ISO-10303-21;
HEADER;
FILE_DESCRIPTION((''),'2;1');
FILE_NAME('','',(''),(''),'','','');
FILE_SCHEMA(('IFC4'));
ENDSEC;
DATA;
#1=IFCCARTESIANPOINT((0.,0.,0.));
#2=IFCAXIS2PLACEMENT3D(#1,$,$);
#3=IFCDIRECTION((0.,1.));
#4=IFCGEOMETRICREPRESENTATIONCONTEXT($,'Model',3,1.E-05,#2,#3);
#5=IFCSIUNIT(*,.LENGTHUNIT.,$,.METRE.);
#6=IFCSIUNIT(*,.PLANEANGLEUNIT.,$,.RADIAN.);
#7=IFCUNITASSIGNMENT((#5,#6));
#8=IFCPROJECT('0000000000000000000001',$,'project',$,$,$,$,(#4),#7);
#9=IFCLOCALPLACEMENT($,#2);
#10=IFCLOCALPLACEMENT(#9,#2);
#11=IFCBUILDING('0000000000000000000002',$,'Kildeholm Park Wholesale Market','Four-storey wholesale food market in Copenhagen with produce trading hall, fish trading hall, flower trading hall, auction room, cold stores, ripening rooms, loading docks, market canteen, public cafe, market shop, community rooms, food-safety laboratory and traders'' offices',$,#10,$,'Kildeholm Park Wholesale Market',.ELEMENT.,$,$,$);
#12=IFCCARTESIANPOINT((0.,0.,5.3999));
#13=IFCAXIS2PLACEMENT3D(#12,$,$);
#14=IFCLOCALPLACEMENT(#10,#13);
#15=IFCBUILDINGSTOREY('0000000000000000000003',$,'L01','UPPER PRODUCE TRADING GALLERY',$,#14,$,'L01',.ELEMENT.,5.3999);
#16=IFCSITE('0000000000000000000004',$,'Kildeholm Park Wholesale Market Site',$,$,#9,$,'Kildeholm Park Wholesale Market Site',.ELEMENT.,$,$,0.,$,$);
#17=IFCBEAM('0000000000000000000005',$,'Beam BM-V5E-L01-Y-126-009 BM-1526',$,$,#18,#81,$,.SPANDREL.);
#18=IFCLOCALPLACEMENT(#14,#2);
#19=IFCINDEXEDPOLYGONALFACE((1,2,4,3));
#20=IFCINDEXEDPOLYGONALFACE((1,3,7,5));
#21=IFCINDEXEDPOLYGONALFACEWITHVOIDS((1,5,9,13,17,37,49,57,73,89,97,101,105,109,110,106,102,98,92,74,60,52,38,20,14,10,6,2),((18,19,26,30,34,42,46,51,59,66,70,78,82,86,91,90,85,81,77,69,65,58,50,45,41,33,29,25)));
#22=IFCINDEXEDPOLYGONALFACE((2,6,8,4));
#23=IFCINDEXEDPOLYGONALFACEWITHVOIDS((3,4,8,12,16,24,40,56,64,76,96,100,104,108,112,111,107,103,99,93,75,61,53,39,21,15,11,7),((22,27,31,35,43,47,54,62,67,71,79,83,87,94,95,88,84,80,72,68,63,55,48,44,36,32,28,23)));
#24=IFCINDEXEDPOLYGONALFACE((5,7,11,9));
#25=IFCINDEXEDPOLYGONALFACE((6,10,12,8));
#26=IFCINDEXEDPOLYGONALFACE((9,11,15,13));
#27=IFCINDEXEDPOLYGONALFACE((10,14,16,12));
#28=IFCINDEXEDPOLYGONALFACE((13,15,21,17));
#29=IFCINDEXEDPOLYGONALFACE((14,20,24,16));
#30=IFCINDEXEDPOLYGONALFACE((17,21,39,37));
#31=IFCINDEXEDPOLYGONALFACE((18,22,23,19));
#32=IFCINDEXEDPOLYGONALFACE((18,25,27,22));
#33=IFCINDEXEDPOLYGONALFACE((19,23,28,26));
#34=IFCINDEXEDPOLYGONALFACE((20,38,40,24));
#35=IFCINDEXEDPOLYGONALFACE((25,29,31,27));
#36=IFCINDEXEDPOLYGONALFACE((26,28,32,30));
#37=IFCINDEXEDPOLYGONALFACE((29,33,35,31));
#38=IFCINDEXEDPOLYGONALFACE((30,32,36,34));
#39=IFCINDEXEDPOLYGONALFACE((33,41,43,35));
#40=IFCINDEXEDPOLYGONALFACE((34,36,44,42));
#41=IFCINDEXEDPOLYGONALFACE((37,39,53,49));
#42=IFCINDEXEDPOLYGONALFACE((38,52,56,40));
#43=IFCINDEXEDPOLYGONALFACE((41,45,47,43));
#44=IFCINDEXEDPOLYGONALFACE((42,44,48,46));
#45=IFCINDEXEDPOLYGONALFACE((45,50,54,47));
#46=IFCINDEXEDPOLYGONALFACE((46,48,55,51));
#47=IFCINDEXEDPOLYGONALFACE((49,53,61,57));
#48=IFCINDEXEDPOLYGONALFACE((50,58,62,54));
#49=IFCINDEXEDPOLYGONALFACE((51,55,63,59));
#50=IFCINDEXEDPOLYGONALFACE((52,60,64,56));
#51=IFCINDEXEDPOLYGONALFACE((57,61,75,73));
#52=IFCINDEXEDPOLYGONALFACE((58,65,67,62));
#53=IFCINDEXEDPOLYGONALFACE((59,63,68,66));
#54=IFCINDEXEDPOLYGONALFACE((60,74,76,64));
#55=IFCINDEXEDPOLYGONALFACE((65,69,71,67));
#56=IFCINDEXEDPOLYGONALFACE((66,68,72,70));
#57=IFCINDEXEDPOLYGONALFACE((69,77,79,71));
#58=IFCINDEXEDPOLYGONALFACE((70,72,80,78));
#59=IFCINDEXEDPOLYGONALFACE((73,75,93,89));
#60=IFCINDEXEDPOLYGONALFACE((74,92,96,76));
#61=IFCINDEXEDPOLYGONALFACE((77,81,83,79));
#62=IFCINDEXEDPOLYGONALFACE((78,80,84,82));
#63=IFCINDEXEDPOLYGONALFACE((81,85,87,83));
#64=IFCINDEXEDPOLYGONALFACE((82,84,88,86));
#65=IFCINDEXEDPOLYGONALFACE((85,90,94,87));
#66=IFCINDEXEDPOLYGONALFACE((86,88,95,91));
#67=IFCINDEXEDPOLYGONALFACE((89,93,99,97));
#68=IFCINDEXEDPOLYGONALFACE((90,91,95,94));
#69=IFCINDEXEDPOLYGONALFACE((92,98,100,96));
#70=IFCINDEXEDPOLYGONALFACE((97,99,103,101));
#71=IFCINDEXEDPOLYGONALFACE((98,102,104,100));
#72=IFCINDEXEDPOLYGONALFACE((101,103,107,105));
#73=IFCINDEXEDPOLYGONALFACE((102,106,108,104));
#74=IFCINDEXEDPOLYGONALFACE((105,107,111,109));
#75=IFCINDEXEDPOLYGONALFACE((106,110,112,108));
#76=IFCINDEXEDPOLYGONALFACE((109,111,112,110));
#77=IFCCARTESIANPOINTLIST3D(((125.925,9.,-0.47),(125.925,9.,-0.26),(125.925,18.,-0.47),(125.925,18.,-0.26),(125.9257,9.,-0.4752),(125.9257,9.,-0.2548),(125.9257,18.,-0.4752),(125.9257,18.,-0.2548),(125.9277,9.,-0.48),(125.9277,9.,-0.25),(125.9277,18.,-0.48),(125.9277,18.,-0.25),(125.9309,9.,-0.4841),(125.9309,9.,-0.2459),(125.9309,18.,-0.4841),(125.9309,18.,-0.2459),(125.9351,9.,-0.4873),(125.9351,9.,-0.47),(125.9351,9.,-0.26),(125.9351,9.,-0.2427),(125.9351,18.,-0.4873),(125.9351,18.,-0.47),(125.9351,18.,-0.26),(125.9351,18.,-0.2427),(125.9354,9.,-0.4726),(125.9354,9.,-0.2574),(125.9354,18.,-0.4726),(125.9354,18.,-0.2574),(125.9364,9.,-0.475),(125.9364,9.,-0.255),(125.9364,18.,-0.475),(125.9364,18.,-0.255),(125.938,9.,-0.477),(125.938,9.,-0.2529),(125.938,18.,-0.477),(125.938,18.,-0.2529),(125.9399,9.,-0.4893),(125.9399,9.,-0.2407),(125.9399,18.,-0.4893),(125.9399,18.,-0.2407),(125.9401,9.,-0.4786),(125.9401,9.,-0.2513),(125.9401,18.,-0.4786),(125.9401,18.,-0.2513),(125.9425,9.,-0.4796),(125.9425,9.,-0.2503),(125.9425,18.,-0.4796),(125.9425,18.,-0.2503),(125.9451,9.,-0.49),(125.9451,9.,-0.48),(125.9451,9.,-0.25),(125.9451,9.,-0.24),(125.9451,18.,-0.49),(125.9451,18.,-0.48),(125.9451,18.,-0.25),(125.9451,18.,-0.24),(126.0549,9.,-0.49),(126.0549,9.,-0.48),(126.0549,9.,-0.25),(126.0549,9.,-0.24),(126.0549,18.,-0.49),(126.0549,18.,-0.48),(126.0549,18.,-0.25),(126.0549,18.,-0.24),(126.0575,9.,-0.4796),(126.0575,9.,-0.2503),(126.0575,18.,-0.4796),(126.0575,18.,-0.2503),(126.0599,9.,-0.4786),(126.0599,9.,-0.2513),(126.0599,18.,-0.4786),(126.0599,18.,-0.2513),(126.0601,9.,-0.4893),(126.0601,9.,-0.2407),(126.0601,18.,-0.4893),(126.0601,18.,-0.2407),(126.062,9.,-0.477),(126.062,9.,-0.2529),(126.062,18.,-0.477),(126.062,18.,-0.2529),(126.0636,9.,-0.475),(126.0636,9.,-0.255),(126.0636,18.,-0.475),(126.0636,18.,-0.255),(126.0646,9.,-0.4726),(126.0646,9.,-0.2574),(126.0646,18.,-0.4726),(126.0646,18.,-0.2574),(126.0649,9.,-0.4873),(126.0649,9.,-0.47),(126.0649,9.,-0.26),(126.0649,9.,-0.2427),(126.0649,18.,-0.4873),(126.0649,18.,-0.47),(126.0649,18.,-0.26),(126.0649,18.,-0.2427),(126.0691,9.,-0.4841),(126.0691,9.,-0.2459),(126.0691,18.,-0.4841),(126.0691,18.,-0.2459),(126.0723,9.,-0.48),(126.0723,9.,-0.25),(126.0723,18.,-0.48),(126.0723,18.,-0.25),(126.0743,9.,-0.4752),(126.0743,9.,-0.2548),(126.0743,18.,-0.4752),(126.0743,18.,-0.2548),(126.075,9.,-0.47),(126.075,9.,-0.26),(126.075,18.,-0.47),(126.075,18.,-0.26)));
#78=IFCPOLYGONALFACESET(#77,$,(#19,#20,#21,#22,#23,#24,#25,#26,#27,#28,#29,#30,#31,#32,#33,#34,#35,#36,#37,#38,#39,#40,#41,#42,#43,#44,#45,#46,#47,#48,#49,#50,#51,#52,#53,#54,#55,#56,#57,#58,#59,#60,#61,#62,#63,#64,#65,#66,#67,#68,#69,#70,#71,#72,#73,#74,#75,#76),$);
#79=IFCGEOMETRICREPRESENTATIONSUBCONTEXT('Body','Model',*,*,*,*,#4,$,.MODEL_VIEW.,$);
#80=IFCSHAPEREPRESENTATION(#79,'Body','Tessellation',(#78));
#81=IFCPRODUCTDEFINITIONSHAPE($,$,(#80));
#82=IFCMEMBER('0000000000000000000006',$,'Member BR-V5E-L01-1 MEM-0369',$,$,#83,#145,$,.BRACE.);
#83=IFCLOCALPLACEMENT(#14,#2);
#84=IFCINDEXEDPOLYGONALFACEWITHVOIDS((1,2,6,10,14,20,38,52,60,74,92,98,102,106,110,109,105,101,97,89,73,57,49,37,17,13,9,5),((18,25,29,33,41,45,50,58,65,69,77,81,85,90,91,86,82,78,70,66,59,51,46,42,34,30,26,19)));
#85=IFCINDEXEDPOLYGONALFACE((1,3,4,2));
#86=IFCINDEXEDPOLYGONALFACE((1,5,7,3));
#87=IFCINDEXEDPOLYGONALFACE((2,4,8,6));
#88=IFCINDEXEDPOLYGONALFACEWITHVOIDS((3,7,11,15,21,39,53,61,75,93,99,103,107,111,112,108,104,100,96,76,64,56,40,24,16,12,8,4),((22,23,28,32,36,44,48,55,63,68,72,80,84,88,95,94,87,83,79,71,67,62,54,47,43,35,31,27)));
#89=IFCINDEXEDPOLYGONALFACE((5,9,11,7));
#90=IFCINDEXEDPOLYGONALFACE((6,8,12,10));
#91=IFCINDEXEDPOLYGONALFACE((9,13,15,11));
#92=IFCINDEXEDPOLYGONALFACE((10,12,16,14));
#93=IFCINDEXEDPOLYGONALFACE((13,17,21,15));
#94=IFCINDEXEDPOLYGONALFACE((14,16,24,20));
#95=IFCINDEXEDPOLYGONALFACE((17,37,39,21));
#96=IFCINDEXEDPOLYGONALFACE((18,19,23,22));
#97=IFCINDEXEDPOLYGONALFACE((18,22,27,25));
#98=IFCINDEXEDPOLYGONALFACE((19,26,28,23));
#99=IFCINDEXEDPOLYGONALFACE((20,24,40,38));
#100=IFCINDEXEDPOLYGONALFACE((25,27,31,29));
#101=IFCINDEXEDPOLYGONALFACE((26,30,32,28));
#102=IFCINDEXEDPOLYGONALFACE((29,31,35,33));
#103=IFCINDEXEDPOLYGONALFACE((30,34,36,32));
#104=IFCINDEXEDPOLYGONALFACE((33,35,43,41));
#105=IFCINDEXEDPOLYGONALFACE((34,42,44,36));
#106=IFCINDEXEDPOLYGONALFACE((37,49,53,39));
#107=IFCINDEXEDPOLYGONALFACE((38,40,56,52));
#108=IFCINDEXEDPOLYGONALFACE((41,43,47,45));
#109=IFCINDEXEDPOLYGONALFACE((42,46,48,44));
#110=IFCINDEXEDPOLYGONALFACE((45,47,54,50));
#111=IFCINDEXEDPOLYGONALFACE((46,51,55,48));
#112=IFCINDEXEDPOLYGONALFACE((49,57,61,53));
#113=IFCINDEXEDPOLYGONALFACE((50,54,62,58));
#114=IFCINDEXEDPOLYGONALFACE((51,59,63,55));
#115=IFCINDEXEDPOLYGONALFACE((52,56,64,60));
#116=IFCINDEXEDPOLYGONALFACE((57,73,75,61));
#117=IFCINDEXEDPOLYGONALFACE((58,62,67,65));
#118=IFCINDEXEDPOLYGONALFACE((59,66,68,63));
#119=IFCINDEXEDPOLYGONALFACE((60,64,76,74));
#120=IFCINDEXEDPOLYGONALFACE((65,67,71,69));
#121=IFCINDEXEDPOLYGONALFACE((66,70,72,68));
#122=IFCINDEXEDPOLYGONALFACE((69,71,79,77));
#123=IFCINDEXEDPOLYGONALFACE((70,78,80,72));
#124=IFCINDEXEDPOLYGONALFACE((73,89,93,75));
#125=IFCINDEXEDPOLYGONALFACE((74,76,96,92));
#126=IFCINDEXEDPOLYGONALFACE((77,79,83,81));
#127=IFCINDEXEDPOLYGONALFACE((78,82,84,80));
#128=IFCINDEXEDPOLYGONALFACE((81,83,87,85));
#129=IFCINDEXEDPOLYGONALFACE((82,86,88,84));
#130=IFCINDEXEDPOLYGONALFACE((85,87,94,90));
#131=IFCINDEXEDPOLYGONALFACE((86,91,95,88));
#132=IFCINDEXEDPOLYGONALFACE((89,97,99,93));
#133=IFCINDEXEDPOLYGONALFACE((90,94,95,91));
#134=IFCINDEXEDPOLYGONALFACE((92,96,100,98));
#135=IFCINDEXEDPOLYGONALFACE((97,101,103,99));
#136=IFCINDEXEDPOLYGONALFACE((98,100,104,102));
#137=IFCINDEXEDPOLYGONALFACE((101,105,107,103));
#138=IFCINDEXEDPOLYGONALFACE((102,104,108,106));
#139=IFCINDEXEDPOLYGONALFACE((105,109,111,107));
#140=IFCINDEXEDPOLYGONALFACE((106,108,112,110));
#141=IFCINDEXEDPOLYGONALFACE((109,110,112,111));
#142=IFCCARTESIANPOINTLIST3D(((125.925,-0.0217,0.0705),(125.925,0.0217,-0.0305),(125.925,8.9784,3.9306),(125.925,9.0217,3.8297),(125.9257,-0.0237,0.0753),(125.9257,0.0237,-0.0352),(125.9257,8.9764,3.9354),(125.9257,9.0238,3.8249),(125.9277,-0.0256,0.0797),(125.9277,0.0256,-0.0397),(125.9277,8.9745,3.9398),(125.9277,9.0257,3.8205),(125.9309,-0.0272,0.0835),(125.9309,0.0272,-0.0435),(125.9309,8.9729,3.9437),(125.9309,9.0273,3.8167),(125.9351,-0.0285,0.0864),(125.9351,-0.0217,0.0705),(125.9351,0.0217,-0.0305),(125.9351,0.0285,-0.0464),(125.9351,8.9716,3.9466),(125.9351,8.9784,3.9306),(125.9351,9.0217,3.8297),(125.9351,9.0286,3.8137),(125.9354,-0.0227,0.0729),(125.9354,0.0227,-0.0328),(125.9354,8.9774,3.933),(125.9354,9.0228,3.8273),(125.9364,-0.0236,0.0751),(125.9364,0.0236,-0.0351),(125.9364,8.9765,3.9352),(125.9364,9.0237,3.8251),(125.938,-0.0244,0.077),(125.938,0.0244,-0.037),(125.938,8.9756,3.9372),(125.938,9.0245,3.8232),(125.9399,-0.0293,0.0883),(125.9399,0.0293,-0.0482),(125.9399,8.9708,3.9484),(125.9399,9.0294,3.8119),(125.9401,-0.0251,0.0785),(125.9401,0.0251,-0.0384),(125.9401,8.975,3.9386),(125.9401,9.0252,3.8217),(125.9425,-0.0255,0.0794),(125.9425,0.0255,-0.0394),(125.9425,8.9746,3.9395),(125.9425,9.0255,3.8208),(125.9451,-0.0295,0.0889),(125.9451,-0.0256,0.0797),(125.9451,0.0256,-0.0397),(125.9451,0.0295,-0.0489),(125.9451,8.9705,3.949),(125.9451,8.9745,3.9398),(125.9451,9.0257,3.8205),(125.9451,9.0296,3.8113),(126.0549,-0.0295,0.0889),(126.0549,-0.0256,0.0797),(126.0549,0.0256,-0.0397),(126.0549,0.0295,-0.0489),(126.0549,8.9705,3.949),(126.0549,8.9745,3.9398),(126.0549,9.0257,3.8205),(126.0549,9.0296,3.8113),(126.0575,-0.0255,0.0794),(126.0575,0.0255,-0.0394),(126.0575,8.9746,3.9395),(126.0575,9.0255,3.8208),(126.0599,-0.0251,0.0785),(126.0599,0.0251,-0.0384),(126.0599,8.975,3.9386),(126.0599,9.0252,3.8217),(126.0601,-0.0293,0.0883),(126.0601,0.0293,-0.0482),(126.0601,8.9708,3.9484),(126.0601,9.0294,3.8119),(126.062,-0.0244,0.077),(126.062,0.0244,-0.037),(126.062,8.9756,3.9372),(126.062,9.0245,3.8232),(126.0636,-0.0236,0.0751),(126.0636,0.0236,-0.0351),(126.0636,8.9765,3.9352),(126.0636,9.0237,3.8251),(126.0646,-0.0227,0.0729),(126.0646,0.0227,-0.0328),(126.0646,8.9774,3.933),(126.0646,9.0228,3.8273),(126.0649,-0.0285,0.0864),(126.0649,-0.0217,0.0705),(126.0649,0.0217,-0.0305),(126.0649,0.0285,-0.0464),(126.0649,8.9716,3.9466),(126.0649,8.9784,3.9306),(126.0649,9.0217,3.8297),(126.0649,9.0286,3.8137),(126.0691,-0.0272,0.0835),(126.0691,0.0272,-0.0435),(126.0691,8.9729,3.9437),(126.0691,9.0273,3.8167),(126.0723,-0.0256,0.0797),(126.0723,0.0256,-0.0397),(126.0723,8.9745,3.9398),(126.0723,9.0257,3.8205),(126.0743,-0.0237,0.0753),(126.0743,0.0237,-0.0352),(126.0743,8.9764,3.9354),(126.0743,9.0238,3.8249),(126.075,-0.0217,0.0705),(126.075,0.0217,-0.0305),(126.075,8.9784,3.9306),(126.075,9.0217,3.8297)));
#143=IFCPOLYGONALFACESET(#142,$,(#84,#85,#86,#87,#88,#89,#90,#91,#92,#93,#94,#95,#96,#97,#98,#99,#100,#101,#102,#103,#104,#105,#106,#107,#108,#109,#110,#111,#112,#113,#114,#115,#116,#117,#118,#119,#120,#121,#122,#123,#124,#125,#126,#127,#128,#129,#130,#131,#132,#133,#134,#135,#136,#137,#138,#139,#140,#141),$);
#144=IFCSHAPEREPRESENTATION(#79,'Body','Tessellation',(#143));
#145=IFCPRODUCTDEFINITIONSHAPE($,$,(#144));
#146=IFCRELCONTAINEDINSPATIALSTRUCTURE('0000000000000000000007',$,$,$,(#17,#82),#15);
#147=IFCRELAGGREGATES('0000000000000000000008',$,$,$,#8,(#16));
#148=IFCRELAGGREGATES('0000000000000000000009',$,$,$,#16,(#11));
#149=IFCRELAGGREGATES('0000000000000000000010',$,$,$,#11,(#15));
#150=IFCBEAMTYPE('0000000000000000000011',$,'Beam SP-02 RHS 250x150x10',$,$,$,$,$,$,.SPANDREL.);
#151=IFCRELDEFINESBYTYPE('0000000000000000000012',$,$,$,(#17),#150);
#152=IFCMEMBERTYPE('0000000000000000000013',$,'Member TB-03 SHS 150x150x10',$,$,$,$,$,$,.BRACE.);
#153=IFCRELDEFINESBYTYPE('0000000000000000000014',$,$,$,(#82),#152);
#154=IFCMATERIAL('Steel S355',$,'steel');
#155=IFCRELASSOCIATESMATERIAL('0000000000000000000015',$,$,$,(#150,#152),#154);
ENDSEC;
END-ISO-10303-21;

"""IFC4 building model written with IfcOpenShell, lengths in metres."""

from ifc_helpers import new_model, si_unit, direction, frame, origin, origin_2d, place, context, subcontext, project, spatial, hollow_rectangle, extrude, material, material_profile, profile_set, type_object, element, save


model = new_model("IFC4")

# Units and contexts
model_context = context("Model", 3, precision=1e-05, world=origin(), true_north=direction((0.0, 1.0)))
body_context = subcontext(model_context, "Body", "Model", "MODEL_VIEW")
ifc_project = project(units=[si_unit("LENGTHUNIT", "METRE"), si_unit("PLANEANGLEUNIT", "RADIAN")], contexts=[model_context])

# Site, building, storey
site_placement = place(None, origin())
site = spatial("IfcSite", under=ifc_project, at=site_placement, Name="Kildeholm Park Wholesale Market Site", LongName="Kildeholm Park Wholesale Market Site", CompositionType="ELEMENT", RefElevation=0.0)
building_placement = place(site_placement, origin())
building = spatial("IfcBuilding", under=site, at=building_placement, Name="Kildeholm Park Wholesale Market", Description="Four-storey wholesale food market in Copenhagen with produce trading hall, fish trading hall, flower trading hall, auction room, cold stores, ripening rooms, loading docks, market canteen, public cafe, market shop, community rooms, food-safety laboratory and traders' offices", LongName="Kildeholm Park Wholesale Market", CompositionType="ELEMENT")
storey_placement = place(building_placement, frame((0.0, 0.0, 5.3999)))
storey = spatial("IfcBuildingStorey", under=building, at=storey_placement, Name="L01", Description="UPPER PRODUCE TRADING GALLERY", LongName="L01", CompositionType="ELEMENT", Elevation=5.3999)

# Shared definitions
ifc_material_1 = material(Name="Steel S355", Category="steel")

# Beam
ifc_material_profile_1 = material_profile(ifc_material_1, hollow_rectangle(XDim=0.1499, YDim=0.25, WallThickness=0.01, InnerFilletRadius=0.01, OuterFilletRadius=0.02, at=origin_2d()), Name="RHS 250x150x10")
ifc_profile_set_1 = profile_set([ifc_material_profile_1], Name="Steel S355")
beam_type_1 = type_object("IfcBeamType", Name="Beam SP-02 RHS 250x150x10", PredefinedType="SPANDREL", material=ifc_profile_set_1)
for number, where, z_axis, x_axis, name in (
    (1, (126.0, 9.0, -0.365), (0.0, 1.0, 0.0), (-1.0, 0.0, 0.0), "Beam BM-V5E-L01-Y-126-009 BM-1526"),
):
    element("IfcBeam", number, at=place(storey_placement, frame(where, z_axis=z_axis, x_axis=x_axis)), inside=storey, type_object=beam_type_1, Name=name, PredefinedType="SPANDREL", context=body_context, shape_type="SweptSolid", body=[
        extrude(hollow_rectangle(XDim=0.1499, YDim=0.25, WallThickness=0.01, InnerFilletRadius=0.01, OuterFilletRadius=0.02, at=origin_2d()), origin(), (0.0, 0.0, 1.0), 9.0),
    ])

# Member
ifc_material_profile_2 = material_profile(ifc_material_1, hollow_rectangle(XDim=0.1499, YDim=0.1499, WallThickness=0.01, InnerFilletRadius=0.01, OuterFilletRadius=0.02, at=origin_2d()), Name="SHS 150x150x10")
ifc_profile_set_2 = profile_set([ifc_material_profile_2], Name="Steel S355")
member_type = type_object("IfcMemberType", Name="Member TB-03 SHS 150x150x10", PredefinedType="BRACE", material=ifc_profile_set_2)
member_placement = place(storey_placement, frame((126.0, 0.0, 0.02), z_axis=(0.0, 0.919035, 0.394175), x_axis=(-1.0, 0.0, 0.0)))
element("IfcMember", 2, at=member_placement, inside=storey, type_object=member_type, Name="Member BR-V5E-L01-1 MEM-0369", PredefinedType="BRACE", context=body_context, shape_type="SweptSolid", body=[
    extrude(hollow_rectangle(XDim=0.1499, YDim=0.1499, WallThickness=0.01, InnerFilletRadius=0.01, OuterFilletRadius=0.02, at=origin_2d()), origin(), (0.0, 0.0, 1.0), 9.793),
])

save(model, "model.ifc")
